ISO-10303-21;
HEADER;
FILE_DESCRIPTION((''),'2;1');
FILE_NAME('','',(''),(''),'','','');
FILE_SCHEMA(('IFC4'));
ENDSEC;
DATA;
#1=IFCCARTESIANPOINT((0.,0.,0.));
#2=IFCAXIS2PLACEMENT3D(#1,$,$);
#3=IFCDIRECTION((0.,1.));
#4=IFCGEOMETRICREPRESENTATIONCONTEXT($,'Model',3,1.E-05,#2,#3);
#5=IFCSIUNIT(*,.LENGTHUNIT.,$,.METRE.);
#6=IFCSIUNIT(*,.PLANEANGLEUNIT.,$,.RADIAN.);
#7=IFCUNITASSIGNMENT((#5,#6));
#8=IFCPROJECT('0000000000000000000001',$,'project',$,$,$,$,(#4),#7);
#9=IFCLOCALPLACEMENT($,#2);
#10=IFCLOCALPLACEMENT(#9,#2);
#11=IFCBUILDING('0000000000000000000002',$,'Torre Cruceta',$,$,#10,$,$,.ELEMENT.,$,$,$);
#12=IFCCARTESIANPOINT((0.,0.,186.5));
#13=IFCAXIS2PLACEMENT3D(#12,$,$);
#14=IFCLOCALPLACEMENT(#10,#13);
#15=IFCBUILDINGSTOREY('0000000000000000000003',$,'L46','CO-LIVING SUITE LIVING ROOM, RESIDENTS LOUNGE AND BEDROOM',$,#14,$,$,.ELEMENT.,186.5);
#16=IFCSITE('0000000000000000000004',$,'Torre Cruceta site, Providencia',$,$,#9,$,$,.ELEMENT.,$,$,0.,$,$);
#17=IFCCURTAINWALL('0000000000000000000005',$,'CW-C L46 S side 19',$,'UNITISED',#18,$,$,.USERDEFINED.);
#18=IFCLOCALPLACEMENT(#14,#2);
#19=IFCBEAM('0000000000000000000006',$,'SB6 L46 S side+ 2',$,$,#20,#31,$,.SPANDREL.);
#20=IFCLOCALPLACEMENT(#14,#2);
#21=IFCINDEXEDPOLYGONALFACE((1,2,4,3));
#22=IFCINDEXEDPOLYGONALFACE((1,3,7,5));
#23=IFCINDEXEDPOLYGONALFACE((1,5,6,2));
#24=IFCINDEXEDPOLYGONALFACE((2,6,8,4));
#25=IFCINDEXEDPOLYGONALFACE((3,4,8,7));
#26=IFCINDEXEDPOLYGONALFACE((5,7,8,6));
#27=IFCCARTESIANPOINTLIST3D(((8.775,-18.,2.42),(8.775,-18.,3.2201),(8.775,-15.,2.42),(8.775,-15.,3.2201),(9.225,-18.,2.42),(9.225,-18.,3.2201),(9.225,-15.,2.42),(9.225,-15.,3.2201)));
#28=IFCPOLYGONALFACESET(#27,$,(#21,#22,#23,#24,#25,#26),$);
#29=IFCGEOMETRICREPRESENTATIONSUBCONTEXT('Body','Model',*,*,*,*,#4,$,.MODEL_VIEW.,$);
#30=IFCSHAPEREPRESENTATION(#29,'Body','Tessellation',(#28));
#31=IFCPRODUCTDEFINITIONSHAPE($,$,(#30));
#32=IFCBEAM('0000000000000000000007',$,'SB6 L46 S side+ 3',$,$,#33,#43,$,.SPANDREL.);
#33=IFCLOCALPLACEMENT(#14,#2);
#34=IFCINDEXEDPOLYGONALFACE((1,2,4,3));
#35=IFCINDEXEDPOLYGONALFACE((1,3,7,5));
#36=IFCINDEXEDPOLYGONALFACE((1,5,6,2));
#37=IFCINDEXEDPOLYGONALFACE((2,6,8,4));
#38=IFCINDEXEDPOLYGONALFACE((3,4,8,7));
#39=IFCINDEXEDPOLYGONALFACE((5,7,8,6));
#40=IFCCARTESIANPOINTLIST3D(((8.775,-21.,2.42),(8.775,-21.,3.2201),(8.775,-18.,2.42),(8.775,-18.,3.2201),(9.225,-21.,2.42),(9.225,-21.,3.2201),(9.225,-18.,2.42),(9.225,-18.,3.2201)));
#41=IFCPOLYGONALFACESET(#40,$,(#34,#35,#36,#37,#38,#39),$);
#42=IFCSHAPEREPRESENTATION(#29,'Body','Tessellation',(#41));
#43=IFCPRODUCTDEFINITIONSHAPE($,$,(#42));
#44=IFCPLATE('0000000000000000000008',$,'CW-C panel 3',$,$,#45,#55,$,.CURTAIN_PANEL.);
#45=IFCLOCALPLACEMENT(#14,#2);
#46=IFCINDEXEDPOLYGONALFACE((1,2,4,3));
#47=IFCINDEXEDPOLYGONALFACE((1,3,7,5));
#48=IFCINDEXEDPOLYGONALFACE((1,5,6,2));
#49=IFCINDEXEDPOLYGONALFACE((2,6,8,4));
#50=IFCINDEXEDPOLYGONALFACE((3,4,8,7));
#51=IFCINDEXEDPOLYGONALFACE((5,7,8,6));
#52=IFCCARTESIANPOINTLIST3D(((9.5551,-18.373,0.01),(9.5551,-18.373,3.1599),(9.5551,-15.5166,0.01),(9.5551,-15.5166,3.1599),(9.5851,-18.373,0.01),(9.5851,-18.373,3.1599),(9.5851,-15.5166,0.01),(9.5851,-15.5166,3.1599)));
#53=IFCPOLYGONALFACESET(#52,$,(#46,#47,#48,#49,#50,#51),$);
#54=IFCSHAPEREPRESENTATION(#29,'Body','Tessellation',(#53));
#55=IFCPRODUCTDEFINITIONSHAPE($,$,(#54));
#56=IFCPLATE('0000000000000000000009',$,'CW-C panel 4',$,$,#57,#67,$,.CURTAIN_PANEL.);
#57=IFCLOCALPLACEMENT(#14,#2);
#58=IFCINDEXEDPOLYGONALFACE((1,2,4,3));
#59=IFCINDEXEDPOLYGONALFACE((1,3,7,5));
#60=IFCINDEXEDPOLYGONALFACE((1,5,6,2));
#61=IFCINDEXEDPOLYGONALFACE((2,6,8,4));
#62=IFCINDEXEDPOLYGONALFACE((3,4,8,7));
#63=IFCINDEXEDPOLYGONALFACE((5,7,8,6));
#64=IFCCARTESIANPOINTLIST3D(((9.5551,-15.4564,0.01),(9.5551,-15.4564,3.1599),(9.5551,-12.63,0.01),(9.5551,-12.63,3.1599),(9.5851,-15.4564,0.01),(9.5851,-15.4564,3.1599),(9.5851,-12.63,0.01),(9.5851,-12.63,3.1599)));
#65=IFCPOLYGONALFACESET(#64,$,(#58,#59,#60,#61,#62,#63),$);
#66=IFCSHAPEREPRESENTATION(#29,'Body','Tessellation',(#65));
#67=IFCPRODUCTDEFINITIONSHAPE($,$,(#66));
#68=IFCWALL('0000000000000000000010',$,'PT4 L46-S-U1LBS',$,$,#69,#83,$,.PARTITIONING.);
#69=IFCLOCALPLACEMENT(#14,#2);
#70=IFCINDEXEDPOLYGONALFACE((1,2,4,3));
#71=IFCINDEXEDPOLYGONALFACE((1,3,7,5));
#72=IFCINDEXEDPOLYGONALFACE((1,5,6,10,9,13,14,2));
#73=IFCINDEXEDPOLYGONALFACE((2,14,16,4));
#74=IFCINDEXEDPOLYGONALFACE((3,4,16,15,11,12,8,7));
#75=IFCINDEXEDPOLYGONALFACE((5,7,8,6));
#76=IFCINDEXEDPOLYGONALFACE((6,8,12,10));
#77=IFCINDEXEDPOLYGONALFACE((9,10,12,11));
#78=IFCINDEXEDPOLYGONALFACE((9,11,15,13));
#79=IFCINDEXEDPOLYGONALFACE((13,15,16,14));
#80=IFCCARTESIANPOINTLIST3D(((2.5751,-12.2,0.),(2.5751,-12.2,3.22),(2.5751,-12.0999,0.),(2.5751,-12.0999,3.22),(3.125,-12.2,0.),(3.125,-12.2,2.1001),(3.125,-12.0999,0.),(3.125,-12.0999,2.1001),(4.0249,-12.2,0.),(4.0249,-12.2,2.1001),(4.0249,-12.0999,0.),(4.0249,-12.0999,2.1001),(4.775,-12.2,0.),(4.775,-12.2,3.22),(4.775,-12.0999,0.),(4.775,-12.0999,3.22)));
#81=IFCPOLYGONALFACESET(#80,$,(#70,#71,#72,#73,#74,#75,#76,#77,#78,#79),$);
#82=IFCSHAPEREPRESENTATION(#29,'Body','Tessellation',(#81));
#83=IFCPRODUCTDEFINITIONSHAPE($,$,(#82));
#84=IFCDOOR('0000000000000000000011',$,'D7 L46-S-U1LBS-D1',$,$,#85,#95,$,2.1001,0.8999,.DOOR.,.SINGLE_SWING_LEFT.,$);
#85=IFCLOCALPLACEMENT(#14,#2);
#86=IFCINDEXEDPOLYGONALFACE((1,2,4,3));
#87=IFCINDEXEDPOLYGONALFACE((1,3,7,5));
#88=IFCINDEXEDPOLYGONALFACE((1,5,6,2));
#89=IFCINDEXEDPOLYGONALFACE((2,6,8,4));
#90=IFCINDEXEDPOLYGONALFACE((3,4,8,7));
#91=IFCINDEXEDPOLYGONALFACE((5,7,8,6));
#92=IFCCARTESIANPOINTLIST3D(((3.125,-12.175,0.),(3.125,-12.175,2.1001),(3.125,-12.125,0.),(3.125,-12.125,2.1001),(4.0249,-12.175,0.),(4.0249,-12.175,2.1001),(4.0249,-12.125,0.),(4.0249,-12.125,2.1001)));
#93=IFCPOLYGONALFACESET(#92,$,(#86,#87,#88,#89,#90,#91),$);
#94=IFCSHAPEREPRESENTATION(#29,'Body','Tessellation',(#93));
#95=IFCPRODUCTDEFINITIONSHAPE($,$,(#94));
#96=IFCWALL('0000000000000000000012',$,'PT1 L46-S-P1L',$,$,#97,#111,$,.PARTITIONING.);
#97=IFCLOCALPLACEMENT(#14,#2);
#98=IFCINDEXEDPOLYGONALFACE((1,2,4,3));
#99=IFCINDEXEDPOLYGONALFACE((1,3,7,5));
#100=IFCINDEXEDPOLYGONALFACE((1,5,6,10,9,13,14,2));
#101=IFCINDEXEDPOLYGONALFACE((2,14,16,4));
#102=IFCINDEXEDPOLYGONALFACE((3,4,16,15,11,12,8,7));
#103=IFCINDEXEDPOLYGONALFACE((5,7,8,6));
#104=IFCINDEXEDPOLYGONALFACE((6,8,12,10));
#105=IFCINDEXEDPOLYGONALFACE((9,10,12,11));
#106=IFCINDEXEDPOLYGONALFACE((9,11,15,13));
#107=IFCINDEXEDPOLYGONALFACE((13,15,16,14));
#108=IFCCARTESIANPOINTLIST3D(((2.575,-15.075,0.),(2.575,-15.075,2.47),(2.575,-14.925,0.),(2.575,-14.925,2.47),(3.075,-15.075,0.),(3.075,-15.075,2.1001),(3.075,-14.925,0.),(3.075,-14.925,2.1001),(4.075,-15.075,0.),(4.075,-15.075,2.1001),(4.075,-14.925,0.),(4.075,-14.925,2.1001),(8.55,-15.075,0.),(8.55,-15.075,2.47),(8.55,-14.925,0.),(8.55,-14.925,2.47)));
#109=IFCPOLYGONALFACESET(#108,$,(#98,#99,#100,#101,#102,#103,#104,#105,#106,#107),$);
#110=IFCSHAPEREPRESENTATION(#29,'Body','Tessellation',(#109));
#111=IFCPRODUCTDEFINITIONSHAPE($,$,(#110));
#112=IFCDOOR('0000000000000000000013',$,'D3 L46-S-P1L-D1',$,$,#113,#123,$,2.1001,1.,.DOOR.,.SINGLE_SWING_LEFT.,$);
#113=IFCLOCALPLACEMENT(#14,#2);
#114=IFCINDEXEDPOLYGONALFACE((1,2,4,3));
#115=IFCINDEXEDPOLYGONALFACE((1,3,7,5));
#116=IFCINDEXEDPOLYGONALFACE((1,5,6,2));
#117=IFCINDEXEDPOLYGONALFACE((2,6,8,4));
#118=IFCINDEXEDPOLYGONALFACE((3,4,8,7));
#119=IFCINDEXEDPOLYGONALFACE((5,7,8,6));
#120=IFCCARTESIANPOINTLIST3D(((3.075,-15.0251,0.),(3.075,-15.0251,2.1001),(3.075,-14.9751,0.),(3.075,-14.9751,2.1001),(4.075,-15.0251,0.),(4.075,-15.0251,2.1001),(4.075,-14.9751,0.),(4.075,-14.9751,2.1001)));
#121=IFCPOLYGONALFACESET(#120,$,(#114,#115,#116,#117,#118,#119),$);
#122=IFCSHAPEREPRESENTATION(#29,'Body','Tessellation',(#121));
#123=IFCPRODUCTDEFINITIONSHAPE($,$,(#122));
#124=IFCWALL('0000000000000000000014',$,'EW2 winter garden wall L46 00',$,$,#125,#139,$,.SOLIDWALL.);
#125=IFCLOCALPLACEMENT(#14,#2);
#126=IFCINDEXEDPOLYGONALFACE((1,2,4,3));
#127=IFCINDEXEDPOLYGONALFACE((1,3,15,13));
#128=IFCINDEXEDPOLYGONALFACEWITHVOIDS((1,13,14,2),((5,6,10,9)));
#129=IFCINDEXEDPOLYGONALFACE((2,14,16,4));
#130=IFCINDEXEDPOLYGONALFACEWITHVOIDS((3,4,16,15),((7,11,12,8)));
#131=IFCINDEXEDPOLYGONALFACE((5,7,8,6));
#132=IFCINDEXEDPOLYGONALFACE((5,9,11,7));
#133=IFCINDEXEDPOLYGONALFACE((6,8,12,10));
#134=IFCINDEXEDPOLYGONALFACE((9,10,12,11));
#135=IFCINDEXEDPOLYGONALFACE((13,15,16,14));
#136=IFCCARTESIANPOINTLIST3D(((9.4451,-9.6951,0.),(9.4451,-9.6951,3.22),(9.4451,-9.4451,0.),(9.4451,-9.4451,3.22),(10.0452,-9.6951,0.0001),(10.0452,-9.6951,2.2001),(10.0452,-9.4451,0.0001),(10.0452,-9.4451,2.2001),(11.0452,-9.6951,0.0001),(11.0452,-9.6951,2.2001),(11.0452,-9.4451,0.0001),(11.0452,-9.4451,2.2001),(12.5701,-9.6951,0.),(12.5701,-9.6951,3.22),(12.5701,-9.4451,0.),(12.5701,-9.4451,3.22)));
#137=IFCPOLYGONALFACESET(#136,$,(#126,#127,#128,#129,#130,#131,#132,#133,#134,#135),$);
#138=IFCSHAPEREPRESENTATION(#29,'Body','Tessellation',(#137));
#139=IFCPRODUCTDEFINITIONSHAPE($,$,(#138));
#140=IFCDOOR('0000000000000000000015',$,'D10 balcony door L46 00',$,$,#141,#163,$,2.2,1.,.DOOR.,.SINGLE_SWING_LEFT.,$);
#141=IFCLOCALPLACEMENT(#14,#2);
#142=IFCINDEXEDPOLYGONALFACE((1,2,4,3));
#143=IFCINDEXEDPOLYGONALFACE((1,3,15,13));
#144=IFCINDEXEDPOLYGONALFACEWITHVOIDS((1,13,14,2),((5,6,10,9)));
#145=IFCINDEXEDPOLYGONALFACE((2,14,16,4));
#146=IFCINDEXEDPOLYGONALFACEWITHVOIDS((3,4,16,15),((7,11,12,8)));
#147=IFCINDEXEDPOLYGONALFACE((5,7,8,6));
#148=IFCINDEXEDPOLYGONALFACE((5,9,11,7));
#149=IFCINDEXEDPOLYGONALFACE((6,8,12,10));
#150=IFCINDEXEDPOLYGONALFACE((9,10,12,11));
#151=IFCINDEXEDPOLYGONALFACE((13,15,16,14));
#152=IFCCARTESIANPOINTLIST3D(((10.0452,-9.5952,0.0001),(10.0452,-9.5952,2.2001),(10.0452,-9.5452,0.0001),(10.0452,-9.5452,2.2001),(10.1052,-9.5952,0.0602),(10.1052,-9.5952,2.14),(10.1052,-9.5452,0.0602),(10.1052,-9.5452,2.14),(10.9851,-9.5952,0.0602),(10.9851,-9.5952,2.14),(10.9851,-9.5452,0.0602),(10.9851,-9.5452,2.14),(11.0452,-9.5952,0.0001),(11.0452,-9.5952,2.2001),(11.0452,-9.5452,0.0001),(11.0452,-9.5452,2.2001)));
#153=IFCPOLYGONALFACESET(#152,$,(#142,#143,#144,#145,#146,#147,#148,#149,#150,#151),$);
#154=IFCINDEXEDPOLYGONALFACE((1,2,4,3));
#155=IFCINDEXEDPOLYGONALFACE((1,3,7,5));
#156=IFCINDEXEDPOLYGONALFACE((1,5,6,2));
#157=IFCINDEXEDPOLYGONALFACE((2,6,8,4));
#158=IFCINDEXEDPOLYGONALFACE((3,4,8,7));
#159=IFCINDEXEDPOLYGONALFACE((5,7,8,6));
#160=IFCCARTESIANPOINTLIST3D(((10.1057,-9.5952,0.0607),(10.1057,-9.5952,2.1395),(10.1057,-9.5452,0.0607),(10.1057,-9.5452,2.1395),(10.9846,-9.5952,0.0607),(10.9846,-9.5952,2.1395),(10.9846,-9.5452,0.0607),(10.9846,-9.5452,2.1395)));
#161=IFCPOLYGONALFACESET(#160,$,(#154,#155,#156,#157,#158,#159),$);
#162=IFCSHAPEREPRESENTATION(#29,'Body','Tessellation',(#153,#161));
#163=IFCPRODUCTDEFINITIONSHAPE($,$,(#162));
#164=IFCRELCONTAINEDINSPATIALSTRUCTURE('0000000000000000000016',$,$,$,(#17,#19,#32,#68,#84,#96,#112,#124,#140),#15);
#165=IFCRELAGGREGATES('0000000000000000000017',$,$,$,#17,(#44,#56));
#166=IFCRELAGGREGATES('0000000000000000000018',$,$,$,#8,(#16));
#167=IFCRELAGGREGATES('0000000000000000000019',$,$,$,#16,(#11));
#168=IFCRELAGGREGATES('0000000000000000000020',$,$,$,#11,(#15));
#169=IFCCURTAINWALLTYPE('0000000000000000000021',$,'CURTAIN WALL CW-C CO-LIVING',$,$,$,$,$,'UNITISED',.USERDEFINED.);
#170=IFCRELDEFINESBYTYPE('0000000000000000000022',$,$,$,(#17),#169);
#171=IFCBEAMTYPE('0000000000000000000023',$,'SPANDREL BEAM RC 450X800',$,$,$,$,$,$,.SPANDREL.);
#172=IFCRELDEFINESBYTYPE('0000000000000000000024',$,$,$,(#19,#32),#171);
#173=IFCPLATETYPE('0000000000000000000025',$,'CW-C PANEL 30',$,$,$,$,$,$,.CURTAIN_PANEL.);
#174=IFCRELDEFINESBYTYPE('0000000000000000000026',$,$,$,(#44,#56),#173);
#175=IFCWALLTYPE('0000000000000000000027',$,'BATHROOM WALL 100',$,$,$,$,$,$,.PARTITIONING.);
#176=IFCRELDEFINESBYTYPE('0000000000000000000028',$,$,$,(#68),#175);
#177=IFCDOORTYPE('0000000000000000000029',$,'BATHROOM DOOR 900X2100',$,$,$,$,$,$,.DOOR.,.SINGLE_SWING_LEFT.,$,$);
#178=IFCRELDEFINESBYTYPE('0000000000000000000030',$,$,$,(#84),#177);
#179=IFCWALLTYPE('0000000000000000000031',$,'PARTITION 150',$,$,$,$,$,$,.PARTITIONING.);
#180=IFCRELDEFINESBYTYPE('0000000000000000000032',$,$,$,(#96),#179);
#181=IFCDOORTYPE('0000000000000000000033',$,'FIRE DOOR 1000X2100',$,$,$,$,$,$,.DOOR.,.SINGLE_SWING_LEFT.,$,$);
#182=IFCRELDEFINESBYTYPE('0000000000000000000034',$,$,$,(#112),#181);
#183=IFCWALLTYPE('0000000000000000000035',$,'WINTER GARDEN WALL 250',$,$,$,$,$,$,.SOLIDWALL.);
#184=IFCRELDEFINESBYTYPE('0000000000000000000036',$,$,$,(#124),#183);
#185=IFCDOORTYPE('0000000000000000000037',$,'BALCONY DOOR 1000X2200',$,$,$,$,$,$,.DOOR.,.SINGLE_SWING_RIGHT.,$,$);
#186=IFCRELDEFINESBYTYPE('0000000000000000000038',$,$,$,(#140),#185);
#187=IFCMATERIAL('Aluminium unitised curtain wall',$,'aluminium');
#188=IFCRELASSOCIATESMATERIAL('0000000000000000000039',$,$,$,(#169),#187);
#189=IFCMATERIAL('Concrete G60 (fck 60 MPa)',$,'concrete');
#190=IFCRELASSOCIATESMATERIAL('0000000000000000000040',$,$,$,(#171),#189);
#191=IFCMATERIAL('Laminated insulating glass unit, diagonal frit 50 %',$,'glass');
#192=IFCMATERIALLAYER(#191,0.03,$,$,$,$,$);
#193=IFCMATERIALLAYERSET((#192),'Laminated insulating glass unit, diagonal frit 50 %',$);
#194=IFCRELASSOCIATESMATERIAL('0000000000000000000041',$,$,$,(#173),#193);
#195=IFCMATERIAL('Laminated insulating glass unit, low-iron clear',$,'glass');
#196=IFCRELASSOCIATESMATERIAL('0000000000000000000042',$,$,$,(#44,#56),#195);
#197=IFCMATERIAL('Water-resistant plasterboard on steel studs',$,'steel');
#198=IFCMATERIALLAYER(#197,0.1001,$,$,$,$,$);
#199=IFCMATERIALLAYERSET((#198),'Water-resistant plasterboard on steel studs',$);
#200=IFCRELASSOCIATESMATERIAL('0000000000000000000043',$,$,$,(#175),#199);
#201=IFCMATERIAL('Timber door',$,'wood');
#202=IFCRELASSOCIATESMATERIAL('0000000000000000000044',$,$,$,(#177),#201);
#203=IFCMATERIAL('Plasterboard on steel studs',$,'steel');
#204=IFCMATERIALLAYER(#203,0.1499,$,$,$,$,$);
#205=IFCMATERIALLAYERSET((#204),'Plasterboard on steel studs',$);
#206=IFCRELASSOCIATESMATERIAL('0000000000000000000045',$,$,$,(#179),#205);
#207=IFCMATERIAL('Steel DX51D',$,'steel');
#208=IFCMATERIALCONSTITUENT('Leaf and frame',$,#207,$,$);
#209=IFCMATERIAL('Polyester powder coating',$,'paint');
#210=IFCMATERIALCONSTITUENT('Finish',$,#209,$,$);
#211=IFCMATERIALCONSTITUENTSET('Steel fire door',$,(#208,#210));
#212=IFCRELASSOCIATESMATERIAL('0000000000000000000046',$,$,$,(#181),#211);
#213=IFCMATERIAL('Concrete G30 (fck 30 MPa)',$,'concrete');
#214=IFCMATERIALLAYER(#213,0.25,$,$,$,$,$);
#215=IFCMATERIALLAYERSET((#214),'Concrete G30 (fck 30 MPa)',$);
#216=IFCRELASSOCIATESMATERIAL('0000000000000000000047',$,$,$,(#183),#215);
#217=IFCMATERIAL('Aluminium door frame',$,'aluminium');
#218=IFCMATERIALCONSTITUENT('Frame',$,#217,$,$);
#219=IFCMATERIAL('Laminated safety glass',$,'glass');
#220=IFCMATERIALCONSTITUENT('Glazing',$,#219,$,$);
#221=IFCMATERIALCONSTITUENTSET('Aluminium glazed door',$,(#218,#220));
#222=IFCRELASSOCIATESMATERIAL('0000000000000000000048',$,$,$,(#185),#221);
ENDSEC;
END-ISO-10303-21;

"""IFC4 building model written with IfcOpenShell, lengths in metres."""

from ifc_helpers import new_model, si_unit, direction, frame, frame_2d, origin, origin_2d, place, context, subcontext, project, spatial, rectangle, hollow_rectangle, extrude, material, layer, layer_set, constituent, constituent_set, material_profile, profile_set, type_object, element, fill, aggregate, save


model = new_model("IFC4")

# Units and contexts
model_context = context("Model", 3, precision=1e-05, world=origin(), true_north=direction((0.0, 1.0)))
body_context = subcontext(model_context, "Body", "Model", "MODEL_VIEW")
ifc_project = project(units=[si_unit("LENGTHUNIT", "METRE"), si_unit("PLANEANGLEUNIT", "RADIAN")], contexts=[model_context])

# Site, building, storey
site_placement = place(None, origin())
site = spatial("IfcSite", under=ifc_project, at=site_placement, Name="Torre Cruceta site, Providencia", CompositionType="ELEMENT", RefElevation=0.0)
building_placement = place(site_placement, origin())
building = spatial("IfcBuilding", under=site, at=building_placement, Name="Torre Cruceta", CompositionType="ELEMENT")
storey_placement = place(building_placement, frame((0.0, 0.0, 186.5)))
storey = spatial("IfcBuildingStorey", under=building, at=storey_placement, Name="L46", Description="CO-LIVING SUITE LIVING ROOM, RESIDENTS LOUNGE AND BEDROOM", CompositionType="ELEMENT", Elevation=186.5)

# Shared definitions
ifc_material_1 = material(Name="Aluminium unitised curtain wall", Category="aluminium")
curtain_wall_type = type_object("IfcCurtainWallType", Name="CURTAIN WALL CW-C CO-LIVING", ElementType="UNITISED", PredefinedType="USERDEFINED", material=ifc_material_1)

# Curtain wall
curtain_wall_1_placement = place(storey_placement, origin())
curtain_wall_1 = element("IfcCurtainWall", 1, at=curtain_wall_1_placement, inside=storey, type_object=curtain_wall_type, Name="CW-C L46 S side 19", ObjectType="UNITISED", PredefinedType="USERDEFINED")

# Beams
ifc_material_2 = material(Name="Concrete G60 (fck 60 MPa)", Category="concrete")
ifc_material_profile_1 = material_profile(ifc_material_2, rectangle(XDim=0.45, YDim=0.8, at=origin_2d()), Name="RC 450X800")
ifc_profile_set_1 = profile_set([ifc_material_profile_1], Name="Concrete G60 (fck 60 MPa)")
beam_type_1 = type_object("IfcBeamType", Name="SPANDREL BEAM RC 450X800", PredefinedType="SPANDREL", material=ifc_profile_set_1)
for number, where, z_axis, x_axis, name in (
    (2, (9.0, -15.0, 2.8201), (0.0, -1.0, 0.0), (1.0, 0.0, 0.0), "SB6 L46 S side+ 2"),
    (3, (9.0, -18.0, 2.8201), (0.0, -1.0, 0.0), (1.0, 0.0, 0.0), "SB6 L46 S side+ 3"),
):
    element("IfcBeam", number, at=place(storey_placement, frame(where, z_axis=z_axis, x_axis=x_axis)), inside=storey, type_object=beam_type_1, Name=name, PredefinedType="SPANDREL", context=body_context, shape_type="SweptSolid", body=[
        extrude(rectangle(XDim=0.45, YDim=0.8, at=origin_2d()), origin(), (0.0, 0.0, 1.0), 3.0),
    ])

# Plates
ifc_material_3 = material(Name="Laminated insulating glass unit, low-iron clear", Category="glass")
ifc_material_4 = material(Name="Laminated insulating glass unit, diagonal frit 50 %", Category="glass")
ifc_layer_1 = layer(ifc_material_4, 0.03)
ifc_layer_set_1 = layer_set([ifc_layer_1], Name="Laminated insulating glass unit, diagonal frit 50 %")
plate_type = type_object("IfcPlateType", Name="CW-C PANEL 30", PredefinedType="CURTAIN_PANEL", material=ifc_layer_set_1)
plate_1_placement = place(storey_placement, frame((9.5701, -16.9448, 0.01), z_axis=(0.0, 0.0, 1.0), x_axis=(0.0, 1.0, 0.0)))
plate_1 = element("IfcPlate", 4, at=plate_1_placement, type_object=plate_type, material=ifc_material_3, Name="CW-C panel 3", PredefinedType="CURTAIN_PANEL", context=body_context, shape_type="SweptSolid", body=[
    extrude(rectangle(XDim=2.8564, YDim=0.03, at=origin_2d()), origin(), (0.0, 0.0, 1.0), 3.1499),
])
plate_2_placement = place(storey_placement, frame((9.5701, -14.0432, 0.01), z_axis=(0.0, 0.0, 1.0), x_axis=(0.0, 1.0, 0.0)))
plate_2 = element("IfcPlate", 5, at=plate_2_placement, type_object=plate_type, material=ifc_material_3, Name="CW-C panel 4", PredefinedType="CURTAIN_PANEL", context=body_context, shape_type="SweptSolid", body=[
    extrude(rectangle(XDim=2.8264, YDim=0.03, at=origin_2d()), origin(), (0.0, 0.0, 1.0), 3.1499),
])
aggregate(curtain_wall_1, [plate_1, plate_2])

# Walls, openings, doors
ifc_material_5 = material(Name="Water-resistant plasterboard on steel studs", Category="steel")
ifc_layer_2 = layer(ifc_material_5, 0.1001)
ifc_layer_set_2 = layer_set([ifc_layer_2], Name="Water-resistant plasterboard on steel studs")
wall_type_1 = type_object("IfcWallType", Name="BATHROOM WALL 100", PredefinedType="PARTITIONING", material=ifc_layer_set_2)
wall_1_placement = place(storey_placement, frame((2.575, -12.1499, 0.0), z_axis=(0.0, 0.0, 1.0), x_axis=(1.0, 0.0, 0.0)))
wall_1 = element("IfcWall", 6, at=wall_1_placement, inside=storey, type_object=wall_type_1, Name="PT4 L46-S-U1LBS", PredefinedType="PARTITIONING", context=body_context, shape_type="SweptSolid", body=[
    extrude(rectangle(XDim=2.2, YDim=0.1001, at=frame_2d((1.1001, 0.0))), origin(), (0.0, 0.0, 1.0), 3.22),
])
opening_1_placement = place(wall_1_placement, frame((0.55, 0.0, 0.0)))
opening_1 = element("IfcOpeningElement", 7, at=opening_1_placement, cuts=wall_1, PredefinedType="OPENING", context=body_context, shape_type="SweptSolid", body=[
    extrude(rectangle(XDim=0.8999, YDim=2.1001, at=frame_2d((0.45, 1.05))), frame((0.0, 0.0601, 0.0), z_axis=(0.0, -1.0, 0.0), x_axis=(1.0, 0.0, 0.0)), (0.0, 0.0, 1.0), 0.1201),
])
ifc_material_6 = material(Name="Timber door", Category="wood")
door_type_1 = type_object("IfcDoorType", Name="BATHROOM DOOR 900X2100", OperationType="SINGLE_SWING_LEFT", PredefinedType="DOOR", material=ifc_material_6)
door_1_placement = place(opening_1_placement, origin())
door_1 = element("IfcDoor", 8, at=door_1_placement, inside=storey, type_object=door_type_1, Name="D7 L46-S-U1LBS-D1", OperationType="SINGLE_SWING_LEFT", OverallHeight=2.1001, OverallWidth=0.8999, PredefinedType="DOOR", context=body_context, shape_type="SweptSolid", body=[
    extrude(rectangle(XDim=0.8999, YDim=2.1001, at=frame_2d((0.45, 1.05))), frame((0.0, 0.0249, 0.0), z_axis=(0.0, -1.0, 0.0), x_axis=(1.0, 0.0, 0.0)), (0.0, 0.0, 1.0), 0.05),
])
fill(opening_1, door_1)
ifc_material_7 = material(Name="Plasterboard on steel studs", Category="steel")
ifc_layer_3 = layer(ifc_material_7, 0.1499)
ifc_layer_set_3 = layer_set([ifc_layer_3], Name="Plasterboard on steel studs")
wall_type_2 = type_object("IfcWallType", Name="PARTITION 150", PredefinedType="PARTITIONING", material=ifc_layer_set_3)
wall_2_placement = place(storey_placement, frame((2.575, -15.0, 0.0), z_axis=(0.0, 0.0, 1.0), x_axis=(1.0, 0.0, 0.0)))
wall_2 = element("IfcWall", 9, at=wall_2_placement, inside=storey, type_object=wall_type_2, Name="PT1 L46-S-P1L", PredefinedType="PARTITIONING", context=body_context, shape_type="SweptSolid", body=[
    extrude(rectangle(XDim=5.9751, YDim=0.1499, at=frame_2d((2.9875, 0.0))), origin(), (0.0, 0.0, 1.0), 2.47),
])
opening_2_placement = place(wall_2_placement, frame((0.5, 0.0, 0.0)))
opening_2 = element("IfcOpeningElement", 10, at=opening_2_placement, cuts=wall_2, PredefinedType="OPENING", context=body_context, shape_type="SweptSolid", body=[
    extrude(rectangle(XDim=1.0, YDim=2.1001, at=frame_2d((0.5, 1.05))), frame((0.0, 0.085, 0.0), z_axis=(0.0, -1.0, 0.0), x_axis=(1.0, 0.0, 0.0)), (0.0, 0.0, 1.0), 0.1699),
])
ifc_material_8 = material(Name="Steel DX51D", Category="steel")
ifc_constituent_1 = constituent(ifc_material_8, Name="Leaf and frame")
ifc_material_9 = material(Name="Polyester powder coating", Category="paint")
ifc_constituent_2 = constituent(ifc_material_9, Name="Finish")
ifc_constituent_set_1 = constituent_set(constituents=[ifc_constituent_1, ifc_constituent_2], Name="Steel fire door")
door_type_2 = type_object("IfcDoorType", Name="FIRE DOOR 1000X2100", OperationType="SINGLE_SWING_LEFT", PredefinedType="DOOR", material=ifc_constituent_set_1)
door_2_placement = place(opening_2_placement, origin())
door_2 = element("IfcDoor", 11, at=door_2_placement, inside=storey, type_object=door_type_2, Name="D3 L46-S-P1L-D1", OperationType="SINGLE_SWING_LEFT", OverallHeight=2.1001, OverallWidth=1.0, PredefinedType="DOOR", context=body_context, shape_type="SweptSolid", body=[
    extrude(rectangle(XDim=1.0, YDim=2.1001, at=frame_2d((0.5, 1.05))), frame((0.0, 0.0249, 0.0), z_axis=(0.0, -1.0, 0.0), x_axis=(1.0, 0.0, 0.0)), (0.0, 0.0, 1.0), 0.05),
])
fill(opening_2, door_2)
ifc_material_10 = material(Name="Concrete G30 (fck 30 MPa)", Category="concrete")
ifc_layer_4 = layer(ifc_material_10, 0.25)
ifc_layer_set_4 = layer_set([ifc_layer_4], Name="Concrete G30 (fck 30 MPa)")
wall_type_3 = type_object("IfcWallType", Name="WINTER GARDEN WALL 250", PredefinedType="SOLIDWALL", material=ifc_layer_set_4)
wall_3_placement = place(storey_placement, frame((9.4451, -9.5701, 0.0), z_axis=(0.0, 0.0, 1.0), x_axis=(1.0, 0.0, 0.0)))
wall_3 = element("IfcWall", 12, at=wall_3_placement, inside=storey, type_object=wall_type_3, Name="EW2 winter garden wall L46 00", PredefinedType="SOLIDWALL", context=body_context, shape_type="SweptSolid", body=[
    extrude(rectangle(XDim=3.125, YDim=0.25, at=frame_2d((1.5625, 0.0))), origin(), (0.0, 0.0, 1.0), 3.22),
])
opening_3_placement = place(wall_3_placement, frame((0.6001, 0.0, 0.0)))
opening_3 = element("IfcOpeningElement", 13, at=opening_3_placement, cuts=wall_3, PredefinedType="OPENING", context=body_context, shape_type="SweptSolid", body=[
    extrude(rectangle(XDim=1.0, YDim=2.2, at=frame_2d((0.5, 1.1001))), frame((0.0, 0.135, 0.0), z_axis=(0.0, -1.0, 0.0), x_axis=(1.0, 0.0, 0.0)), (0.0, 0.0, 1.0), 0.27),
])
ifc_material_11 = material(Name="Aluminium door frame", Category="aluminium")
ifc_constituent_3 = constituent(ifc_material_11, Name="Frame")
ifc_material_12 = material(Name="Laminated safety glass", Category="glass")
ifc_constituent_4 = constituent(ifc_material_12, Name="Glazing")
ifc_constituent_set_2 = constituent_set(constituents=[ifc_constituent_3, ifc_constituent_4], Name="Aluminium glazed door")
door_type_3 = type_object("IfcDoorType", Name="BALCONY DOOR 1000X2200", OperationType="SINGLE_SWING_RIGHT", PredefinedType="DOOR", material=ifc_constituent_set_2)
door_3_placement = place(opening_3_placement, origin())
door_3 = element("IfcDoor", 14, at=door_3_placement, inside=storey, type_object=door_type_3, Name="D10 balcony door L46 00", OperationType="SINGLE_SWING_LEFT", OverallHeight=2.2, OverallWidth=1.0, PredefinedType="DOOR", context=body_context, shape_type="SweptSolid", body=[
    extrude(hollow_rectangle(XDim=1.0, YDim=2.2, WallThickness=0.0601, at=frame_2d((0.5, 1.1001))), frame((0.0, 0.0249, 0.0), z_axis=(0.0, -1.0, 0.0), x_axis=(1.0, 0.0, 0.0)), (0.0, 0.0, 1.0), 0.05),
    extrude(rectangle(XDim=0.8789, YDim=2.0789, at=frame_2d((0.5, 1.1001))), frame((0.0, 0.0249, 0.0), z_axis=(0.0, -1.0, 0.0), x_axis=(1.0, 0.0, 0.0)), (0.0, 0.0, 1.0), 0.05),
])
fill(opening_3, door_3)

save(model, "model.ifc")
